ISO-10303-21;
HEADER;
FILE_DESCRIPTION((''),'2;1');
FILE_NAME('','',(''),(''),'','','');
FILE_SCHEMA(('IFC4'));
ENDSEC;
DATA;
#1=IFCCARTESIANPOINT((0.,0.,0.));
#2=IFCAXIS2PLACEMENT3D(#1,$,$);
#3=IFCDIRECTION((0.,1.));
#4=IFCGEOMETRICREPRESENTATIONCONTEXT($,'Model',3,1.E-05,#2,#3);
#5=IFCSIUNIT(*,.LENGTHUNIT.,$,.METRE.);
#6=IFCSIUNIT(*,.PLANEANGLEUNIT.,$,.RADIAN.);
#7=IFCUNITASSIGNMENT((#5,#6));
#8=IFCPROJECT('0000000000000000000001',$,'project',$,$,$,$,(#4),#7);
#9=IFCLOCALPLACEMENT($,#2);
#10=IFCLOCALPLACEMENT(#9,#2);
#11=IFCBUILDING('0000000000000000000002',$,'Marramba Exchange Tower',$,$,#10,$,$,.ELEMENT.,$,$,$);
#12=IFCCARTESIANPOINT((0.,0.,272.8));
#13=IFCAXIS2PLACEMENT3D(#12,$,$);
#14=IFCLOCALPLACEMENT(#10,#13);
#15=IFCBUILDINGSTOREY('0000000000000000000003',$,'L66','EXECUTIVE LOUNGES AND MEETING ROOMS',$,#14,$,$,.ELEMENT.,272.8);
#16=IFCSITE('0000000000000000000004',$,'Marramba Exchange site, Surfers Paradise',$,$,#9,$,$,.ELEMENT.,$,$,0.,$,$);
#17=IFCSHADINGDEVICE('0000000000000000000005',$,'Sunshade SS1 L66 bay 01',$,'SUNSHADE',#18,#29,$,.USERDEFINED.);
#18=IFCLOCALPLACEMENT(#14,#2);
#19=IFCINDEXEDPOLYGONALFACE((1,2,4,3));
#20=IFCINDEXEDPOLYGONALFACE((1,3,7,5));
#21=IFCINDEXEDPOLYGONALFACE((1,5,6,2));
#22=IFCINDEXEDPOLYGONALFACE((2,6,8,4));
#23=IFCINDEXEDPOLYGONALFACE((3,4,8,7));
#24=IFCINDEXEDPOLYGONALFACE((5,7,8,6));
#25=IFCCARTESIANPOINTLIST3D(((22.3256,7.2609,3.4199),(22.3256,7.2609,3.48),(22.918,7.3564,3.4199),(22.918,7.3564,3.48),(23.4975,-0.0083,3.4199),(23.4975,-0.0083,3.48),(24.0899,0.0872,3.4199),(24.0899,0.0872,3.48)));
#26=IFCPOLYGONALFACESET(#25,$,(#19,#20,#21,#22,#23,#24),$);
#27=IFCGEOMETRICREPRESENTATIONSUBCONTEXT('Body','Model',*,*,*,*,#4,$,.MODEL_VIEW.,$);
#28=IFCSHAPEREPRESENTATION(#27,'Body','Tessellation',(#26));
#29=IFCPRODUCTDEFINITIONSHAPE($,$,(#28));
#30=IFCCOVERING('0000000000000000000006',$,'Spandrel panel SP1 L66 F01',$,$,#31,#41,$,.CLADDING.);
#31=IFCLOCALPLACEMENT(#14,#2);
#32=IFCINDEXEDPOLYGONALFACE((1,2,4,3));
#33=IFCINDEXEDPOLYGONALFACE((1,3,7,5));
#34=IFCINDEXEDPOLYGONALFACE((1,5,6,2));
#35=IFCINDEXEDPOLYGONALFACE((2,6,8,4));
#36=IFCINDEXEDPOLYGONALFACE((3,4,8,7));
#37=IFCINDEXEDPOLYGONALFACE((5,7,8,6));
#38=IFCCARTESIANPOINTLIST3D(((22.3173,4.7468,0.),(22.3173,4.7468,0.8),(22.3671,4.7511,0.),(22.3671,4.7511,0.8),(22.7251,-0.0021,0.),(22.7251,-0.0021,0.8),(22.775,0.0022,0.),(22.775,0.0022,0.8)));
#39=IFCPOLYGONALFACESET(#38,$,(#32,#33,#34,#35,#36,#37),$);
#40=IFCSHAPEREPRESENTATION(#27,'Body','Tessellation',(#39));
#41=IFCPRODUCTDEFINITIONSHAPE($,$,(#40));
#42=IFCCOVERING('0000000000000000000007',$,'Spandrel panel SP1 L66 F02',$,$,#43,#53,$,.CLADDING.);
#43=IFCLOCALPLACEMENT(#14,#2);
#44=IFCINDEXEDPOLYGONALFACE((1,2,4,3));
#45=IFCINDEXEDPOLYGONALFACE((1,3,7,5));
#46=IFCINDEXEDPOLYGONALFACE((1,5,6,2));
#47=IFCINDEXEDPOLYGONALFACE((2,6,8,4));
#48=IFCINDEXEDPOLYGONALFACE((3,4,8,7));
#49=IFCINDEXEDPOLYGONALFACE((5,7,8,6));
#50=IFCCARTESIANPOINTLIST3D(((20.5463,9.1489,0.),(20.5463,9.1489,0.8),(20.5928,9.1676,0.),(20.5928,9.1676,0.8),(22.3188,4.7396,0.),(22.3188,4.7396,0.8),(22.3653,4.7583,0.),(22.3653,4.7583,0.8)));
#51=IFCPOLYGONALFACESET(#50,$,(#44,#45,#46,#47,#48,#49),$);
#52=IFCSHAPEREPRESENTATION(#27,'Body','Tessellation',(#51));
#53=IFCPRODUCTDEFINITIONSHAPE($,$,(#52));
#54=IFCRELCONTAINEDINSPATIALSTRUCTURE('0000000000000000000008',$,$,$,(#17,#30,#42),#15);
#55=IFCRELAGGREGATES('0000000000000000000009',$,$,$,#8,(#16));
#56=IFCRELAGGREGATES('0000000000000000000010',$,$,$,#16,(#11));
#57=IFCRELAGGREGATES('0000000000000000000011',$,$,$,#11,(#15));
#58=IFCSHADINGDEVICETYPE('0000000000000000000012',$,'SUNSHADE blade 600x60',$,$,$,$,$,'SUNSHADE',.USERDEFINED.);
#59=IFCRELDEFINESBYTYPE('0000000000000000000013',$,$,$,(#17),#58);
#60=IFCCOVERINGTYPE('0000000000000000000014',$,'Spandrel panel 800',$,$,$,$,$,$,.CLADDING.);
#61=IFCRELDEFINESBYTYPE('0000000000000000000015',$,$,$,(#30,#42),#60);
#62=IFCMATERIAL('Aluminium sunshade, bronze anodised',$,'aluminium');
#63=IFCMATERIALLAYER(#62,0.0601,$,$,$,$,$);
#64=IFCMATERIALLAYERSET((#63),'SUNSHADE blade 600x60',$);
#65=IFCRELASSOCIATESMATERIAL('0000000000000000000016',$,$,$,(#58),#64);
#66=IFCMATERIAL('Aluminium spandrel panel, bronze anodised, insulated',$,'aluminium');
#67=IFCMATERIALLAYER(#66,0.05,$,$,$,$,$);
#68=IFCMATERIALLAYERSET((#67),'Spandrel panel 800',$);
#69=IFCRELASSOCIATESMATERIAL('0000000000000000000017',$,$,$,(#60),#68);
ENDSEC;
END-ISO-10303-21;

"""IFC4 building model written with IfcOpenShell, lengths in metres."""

from ifc_helpers import new_model, si_unit, direction, frame, origin, origin_2d, place, context, subcontext, project, spatial, rectangle, extrude, material, layer, layer_set, type_object, element, save


model = new_model("IFC4")

# Units and contexts
model_context = context("Model", 3, precision=1e-05, world=origin(), true_north=direction((0.0, 1.0)))
body_context = subcontext(model_context, "Body", "Model", "MODEL_VIEW")
ifc_project = project(units=[si_unit("LENGTHUNIT", "METRE"), si_unit("PLANEANGLEUNIT", "RADIAN")], contexts=[model_context])

# Site, building, storey
site_placement = place(None, origin())
site = spatial("IfcSite", under=ifc_project, at=site_placement, Name="Marramba Exchange site, Surfers Paradise", CompositionType="ELEMENT", RefElevation=0.0)
building_placement = place(site_placement, origin())
building = spatial("IfcBuilding", under=site, at=building_placement, Name="Marramba Exchange Tower", CompositionType="ELEMENT")
storey_placement = place(building_placement, frame((0.0, 0.0, 272.8)))
storey = spatial("IfcBuildingStorey", under=building, at=storey_placement, Name="L66", Description="EXECUTIVE LOUNGES AND MEETING ROOMS", CompositionType="ELEMENT", Elevation=272.8)

# Shading device
ifc_material_1 = material(Name="Aluminium sunshade, bronze anodised", Category="aluminium")
ifc_layer_1 = layer(ifc_material_1, 0.0601)
ifc_layer_set_1 = layer_set([ifc_layer_1], Name="SUNSHADE blade 600x60")
shading_device_type_1 = type_object("IfcShadingDeviceType", Name="SUNSHADE blade 600x60", ElementType="SUNSHADE", PredefinedType="USERDEFINED", material=ifc_layer_set_1)
shading_device_1_placement = place(storey_placement, frame((23.2078, 3.6741, 3.4199), z_axis=(0.0, 0.0, 1.0), x_axis=(-0.159158, 0.987253, 0.0)))
element("IfcShadingDevice", 1, at=shading_device_1_placement, inside=storey, type_object=shading_device_type_1, Name="Sunshade SS1 L66 bay 01", ObjectType="SUNSHADE", PredefinedType="USERDEFINED", context=body_context, shape_type="SweptSolid", body=[
    extrude(rectangle(XDim=7.363, YDim=0.6001, at=origin_2d()), origin(), (0.0, 0.0, 1.0), 0.0601),
])

# Coverings
ifc_material_2 = material(Name="Aluminium spandrel panel, bronze anodised, insulated", Category="aluminium")
ifc_layer_2 = layer(ifc_material_2, 0.05)
ifc_layer_set_2 = layer_set([ifc_layer_2], Name="Spandrel panel 800")
covering_type = type_object("IfcCoveringType", Name="Spandrel panel 800", PredefinedType="CLADDING", material=ifc_layer_set_2)
covering_1_placement = place(storey_placement, frame((22.5461, 2.3745, 0.0), z_axis=(0.0, 0.0, 1.0), x_axis=(-0.085574, 0.996332, 0.0)))
element("IfcCovering", 2, at=covering_1_placement, inside=storey, type_object=covering_type, Name="Spandrel panel SP1 L66 F01", PredefinedType="CLADDING", context=body_context, shape_type="SweptSolid", body=[
    extrude(rectangle(XDim=4.7664, YDim=0.05, at=origin_2d()), origin(), (0.0, 0.0, 1.0), 0.8),
])
covering_2_placement = place(storey_placement, frame((21.4558, 6.9536, 0.0), z_axis=(0.0, 0.0, 1.0), x_axis=(-0.372983, 0.927838, 0.0)))
element("IfcCovering", 3, at=covering_2_placement, inside=storey, type_object=covering_type, Name="Spandrel panel SP1 L66 F02", PredefinedType="CLADDING", context=body_context, shape_type="SweptSolid", body=[
    extrude(rectangle(XDim=4.7522, YDim=0.05, at=origin_2d()), origin(), (0.0, 0.0, 1.0), 0.8),
])

save(model, "model.ifc")
